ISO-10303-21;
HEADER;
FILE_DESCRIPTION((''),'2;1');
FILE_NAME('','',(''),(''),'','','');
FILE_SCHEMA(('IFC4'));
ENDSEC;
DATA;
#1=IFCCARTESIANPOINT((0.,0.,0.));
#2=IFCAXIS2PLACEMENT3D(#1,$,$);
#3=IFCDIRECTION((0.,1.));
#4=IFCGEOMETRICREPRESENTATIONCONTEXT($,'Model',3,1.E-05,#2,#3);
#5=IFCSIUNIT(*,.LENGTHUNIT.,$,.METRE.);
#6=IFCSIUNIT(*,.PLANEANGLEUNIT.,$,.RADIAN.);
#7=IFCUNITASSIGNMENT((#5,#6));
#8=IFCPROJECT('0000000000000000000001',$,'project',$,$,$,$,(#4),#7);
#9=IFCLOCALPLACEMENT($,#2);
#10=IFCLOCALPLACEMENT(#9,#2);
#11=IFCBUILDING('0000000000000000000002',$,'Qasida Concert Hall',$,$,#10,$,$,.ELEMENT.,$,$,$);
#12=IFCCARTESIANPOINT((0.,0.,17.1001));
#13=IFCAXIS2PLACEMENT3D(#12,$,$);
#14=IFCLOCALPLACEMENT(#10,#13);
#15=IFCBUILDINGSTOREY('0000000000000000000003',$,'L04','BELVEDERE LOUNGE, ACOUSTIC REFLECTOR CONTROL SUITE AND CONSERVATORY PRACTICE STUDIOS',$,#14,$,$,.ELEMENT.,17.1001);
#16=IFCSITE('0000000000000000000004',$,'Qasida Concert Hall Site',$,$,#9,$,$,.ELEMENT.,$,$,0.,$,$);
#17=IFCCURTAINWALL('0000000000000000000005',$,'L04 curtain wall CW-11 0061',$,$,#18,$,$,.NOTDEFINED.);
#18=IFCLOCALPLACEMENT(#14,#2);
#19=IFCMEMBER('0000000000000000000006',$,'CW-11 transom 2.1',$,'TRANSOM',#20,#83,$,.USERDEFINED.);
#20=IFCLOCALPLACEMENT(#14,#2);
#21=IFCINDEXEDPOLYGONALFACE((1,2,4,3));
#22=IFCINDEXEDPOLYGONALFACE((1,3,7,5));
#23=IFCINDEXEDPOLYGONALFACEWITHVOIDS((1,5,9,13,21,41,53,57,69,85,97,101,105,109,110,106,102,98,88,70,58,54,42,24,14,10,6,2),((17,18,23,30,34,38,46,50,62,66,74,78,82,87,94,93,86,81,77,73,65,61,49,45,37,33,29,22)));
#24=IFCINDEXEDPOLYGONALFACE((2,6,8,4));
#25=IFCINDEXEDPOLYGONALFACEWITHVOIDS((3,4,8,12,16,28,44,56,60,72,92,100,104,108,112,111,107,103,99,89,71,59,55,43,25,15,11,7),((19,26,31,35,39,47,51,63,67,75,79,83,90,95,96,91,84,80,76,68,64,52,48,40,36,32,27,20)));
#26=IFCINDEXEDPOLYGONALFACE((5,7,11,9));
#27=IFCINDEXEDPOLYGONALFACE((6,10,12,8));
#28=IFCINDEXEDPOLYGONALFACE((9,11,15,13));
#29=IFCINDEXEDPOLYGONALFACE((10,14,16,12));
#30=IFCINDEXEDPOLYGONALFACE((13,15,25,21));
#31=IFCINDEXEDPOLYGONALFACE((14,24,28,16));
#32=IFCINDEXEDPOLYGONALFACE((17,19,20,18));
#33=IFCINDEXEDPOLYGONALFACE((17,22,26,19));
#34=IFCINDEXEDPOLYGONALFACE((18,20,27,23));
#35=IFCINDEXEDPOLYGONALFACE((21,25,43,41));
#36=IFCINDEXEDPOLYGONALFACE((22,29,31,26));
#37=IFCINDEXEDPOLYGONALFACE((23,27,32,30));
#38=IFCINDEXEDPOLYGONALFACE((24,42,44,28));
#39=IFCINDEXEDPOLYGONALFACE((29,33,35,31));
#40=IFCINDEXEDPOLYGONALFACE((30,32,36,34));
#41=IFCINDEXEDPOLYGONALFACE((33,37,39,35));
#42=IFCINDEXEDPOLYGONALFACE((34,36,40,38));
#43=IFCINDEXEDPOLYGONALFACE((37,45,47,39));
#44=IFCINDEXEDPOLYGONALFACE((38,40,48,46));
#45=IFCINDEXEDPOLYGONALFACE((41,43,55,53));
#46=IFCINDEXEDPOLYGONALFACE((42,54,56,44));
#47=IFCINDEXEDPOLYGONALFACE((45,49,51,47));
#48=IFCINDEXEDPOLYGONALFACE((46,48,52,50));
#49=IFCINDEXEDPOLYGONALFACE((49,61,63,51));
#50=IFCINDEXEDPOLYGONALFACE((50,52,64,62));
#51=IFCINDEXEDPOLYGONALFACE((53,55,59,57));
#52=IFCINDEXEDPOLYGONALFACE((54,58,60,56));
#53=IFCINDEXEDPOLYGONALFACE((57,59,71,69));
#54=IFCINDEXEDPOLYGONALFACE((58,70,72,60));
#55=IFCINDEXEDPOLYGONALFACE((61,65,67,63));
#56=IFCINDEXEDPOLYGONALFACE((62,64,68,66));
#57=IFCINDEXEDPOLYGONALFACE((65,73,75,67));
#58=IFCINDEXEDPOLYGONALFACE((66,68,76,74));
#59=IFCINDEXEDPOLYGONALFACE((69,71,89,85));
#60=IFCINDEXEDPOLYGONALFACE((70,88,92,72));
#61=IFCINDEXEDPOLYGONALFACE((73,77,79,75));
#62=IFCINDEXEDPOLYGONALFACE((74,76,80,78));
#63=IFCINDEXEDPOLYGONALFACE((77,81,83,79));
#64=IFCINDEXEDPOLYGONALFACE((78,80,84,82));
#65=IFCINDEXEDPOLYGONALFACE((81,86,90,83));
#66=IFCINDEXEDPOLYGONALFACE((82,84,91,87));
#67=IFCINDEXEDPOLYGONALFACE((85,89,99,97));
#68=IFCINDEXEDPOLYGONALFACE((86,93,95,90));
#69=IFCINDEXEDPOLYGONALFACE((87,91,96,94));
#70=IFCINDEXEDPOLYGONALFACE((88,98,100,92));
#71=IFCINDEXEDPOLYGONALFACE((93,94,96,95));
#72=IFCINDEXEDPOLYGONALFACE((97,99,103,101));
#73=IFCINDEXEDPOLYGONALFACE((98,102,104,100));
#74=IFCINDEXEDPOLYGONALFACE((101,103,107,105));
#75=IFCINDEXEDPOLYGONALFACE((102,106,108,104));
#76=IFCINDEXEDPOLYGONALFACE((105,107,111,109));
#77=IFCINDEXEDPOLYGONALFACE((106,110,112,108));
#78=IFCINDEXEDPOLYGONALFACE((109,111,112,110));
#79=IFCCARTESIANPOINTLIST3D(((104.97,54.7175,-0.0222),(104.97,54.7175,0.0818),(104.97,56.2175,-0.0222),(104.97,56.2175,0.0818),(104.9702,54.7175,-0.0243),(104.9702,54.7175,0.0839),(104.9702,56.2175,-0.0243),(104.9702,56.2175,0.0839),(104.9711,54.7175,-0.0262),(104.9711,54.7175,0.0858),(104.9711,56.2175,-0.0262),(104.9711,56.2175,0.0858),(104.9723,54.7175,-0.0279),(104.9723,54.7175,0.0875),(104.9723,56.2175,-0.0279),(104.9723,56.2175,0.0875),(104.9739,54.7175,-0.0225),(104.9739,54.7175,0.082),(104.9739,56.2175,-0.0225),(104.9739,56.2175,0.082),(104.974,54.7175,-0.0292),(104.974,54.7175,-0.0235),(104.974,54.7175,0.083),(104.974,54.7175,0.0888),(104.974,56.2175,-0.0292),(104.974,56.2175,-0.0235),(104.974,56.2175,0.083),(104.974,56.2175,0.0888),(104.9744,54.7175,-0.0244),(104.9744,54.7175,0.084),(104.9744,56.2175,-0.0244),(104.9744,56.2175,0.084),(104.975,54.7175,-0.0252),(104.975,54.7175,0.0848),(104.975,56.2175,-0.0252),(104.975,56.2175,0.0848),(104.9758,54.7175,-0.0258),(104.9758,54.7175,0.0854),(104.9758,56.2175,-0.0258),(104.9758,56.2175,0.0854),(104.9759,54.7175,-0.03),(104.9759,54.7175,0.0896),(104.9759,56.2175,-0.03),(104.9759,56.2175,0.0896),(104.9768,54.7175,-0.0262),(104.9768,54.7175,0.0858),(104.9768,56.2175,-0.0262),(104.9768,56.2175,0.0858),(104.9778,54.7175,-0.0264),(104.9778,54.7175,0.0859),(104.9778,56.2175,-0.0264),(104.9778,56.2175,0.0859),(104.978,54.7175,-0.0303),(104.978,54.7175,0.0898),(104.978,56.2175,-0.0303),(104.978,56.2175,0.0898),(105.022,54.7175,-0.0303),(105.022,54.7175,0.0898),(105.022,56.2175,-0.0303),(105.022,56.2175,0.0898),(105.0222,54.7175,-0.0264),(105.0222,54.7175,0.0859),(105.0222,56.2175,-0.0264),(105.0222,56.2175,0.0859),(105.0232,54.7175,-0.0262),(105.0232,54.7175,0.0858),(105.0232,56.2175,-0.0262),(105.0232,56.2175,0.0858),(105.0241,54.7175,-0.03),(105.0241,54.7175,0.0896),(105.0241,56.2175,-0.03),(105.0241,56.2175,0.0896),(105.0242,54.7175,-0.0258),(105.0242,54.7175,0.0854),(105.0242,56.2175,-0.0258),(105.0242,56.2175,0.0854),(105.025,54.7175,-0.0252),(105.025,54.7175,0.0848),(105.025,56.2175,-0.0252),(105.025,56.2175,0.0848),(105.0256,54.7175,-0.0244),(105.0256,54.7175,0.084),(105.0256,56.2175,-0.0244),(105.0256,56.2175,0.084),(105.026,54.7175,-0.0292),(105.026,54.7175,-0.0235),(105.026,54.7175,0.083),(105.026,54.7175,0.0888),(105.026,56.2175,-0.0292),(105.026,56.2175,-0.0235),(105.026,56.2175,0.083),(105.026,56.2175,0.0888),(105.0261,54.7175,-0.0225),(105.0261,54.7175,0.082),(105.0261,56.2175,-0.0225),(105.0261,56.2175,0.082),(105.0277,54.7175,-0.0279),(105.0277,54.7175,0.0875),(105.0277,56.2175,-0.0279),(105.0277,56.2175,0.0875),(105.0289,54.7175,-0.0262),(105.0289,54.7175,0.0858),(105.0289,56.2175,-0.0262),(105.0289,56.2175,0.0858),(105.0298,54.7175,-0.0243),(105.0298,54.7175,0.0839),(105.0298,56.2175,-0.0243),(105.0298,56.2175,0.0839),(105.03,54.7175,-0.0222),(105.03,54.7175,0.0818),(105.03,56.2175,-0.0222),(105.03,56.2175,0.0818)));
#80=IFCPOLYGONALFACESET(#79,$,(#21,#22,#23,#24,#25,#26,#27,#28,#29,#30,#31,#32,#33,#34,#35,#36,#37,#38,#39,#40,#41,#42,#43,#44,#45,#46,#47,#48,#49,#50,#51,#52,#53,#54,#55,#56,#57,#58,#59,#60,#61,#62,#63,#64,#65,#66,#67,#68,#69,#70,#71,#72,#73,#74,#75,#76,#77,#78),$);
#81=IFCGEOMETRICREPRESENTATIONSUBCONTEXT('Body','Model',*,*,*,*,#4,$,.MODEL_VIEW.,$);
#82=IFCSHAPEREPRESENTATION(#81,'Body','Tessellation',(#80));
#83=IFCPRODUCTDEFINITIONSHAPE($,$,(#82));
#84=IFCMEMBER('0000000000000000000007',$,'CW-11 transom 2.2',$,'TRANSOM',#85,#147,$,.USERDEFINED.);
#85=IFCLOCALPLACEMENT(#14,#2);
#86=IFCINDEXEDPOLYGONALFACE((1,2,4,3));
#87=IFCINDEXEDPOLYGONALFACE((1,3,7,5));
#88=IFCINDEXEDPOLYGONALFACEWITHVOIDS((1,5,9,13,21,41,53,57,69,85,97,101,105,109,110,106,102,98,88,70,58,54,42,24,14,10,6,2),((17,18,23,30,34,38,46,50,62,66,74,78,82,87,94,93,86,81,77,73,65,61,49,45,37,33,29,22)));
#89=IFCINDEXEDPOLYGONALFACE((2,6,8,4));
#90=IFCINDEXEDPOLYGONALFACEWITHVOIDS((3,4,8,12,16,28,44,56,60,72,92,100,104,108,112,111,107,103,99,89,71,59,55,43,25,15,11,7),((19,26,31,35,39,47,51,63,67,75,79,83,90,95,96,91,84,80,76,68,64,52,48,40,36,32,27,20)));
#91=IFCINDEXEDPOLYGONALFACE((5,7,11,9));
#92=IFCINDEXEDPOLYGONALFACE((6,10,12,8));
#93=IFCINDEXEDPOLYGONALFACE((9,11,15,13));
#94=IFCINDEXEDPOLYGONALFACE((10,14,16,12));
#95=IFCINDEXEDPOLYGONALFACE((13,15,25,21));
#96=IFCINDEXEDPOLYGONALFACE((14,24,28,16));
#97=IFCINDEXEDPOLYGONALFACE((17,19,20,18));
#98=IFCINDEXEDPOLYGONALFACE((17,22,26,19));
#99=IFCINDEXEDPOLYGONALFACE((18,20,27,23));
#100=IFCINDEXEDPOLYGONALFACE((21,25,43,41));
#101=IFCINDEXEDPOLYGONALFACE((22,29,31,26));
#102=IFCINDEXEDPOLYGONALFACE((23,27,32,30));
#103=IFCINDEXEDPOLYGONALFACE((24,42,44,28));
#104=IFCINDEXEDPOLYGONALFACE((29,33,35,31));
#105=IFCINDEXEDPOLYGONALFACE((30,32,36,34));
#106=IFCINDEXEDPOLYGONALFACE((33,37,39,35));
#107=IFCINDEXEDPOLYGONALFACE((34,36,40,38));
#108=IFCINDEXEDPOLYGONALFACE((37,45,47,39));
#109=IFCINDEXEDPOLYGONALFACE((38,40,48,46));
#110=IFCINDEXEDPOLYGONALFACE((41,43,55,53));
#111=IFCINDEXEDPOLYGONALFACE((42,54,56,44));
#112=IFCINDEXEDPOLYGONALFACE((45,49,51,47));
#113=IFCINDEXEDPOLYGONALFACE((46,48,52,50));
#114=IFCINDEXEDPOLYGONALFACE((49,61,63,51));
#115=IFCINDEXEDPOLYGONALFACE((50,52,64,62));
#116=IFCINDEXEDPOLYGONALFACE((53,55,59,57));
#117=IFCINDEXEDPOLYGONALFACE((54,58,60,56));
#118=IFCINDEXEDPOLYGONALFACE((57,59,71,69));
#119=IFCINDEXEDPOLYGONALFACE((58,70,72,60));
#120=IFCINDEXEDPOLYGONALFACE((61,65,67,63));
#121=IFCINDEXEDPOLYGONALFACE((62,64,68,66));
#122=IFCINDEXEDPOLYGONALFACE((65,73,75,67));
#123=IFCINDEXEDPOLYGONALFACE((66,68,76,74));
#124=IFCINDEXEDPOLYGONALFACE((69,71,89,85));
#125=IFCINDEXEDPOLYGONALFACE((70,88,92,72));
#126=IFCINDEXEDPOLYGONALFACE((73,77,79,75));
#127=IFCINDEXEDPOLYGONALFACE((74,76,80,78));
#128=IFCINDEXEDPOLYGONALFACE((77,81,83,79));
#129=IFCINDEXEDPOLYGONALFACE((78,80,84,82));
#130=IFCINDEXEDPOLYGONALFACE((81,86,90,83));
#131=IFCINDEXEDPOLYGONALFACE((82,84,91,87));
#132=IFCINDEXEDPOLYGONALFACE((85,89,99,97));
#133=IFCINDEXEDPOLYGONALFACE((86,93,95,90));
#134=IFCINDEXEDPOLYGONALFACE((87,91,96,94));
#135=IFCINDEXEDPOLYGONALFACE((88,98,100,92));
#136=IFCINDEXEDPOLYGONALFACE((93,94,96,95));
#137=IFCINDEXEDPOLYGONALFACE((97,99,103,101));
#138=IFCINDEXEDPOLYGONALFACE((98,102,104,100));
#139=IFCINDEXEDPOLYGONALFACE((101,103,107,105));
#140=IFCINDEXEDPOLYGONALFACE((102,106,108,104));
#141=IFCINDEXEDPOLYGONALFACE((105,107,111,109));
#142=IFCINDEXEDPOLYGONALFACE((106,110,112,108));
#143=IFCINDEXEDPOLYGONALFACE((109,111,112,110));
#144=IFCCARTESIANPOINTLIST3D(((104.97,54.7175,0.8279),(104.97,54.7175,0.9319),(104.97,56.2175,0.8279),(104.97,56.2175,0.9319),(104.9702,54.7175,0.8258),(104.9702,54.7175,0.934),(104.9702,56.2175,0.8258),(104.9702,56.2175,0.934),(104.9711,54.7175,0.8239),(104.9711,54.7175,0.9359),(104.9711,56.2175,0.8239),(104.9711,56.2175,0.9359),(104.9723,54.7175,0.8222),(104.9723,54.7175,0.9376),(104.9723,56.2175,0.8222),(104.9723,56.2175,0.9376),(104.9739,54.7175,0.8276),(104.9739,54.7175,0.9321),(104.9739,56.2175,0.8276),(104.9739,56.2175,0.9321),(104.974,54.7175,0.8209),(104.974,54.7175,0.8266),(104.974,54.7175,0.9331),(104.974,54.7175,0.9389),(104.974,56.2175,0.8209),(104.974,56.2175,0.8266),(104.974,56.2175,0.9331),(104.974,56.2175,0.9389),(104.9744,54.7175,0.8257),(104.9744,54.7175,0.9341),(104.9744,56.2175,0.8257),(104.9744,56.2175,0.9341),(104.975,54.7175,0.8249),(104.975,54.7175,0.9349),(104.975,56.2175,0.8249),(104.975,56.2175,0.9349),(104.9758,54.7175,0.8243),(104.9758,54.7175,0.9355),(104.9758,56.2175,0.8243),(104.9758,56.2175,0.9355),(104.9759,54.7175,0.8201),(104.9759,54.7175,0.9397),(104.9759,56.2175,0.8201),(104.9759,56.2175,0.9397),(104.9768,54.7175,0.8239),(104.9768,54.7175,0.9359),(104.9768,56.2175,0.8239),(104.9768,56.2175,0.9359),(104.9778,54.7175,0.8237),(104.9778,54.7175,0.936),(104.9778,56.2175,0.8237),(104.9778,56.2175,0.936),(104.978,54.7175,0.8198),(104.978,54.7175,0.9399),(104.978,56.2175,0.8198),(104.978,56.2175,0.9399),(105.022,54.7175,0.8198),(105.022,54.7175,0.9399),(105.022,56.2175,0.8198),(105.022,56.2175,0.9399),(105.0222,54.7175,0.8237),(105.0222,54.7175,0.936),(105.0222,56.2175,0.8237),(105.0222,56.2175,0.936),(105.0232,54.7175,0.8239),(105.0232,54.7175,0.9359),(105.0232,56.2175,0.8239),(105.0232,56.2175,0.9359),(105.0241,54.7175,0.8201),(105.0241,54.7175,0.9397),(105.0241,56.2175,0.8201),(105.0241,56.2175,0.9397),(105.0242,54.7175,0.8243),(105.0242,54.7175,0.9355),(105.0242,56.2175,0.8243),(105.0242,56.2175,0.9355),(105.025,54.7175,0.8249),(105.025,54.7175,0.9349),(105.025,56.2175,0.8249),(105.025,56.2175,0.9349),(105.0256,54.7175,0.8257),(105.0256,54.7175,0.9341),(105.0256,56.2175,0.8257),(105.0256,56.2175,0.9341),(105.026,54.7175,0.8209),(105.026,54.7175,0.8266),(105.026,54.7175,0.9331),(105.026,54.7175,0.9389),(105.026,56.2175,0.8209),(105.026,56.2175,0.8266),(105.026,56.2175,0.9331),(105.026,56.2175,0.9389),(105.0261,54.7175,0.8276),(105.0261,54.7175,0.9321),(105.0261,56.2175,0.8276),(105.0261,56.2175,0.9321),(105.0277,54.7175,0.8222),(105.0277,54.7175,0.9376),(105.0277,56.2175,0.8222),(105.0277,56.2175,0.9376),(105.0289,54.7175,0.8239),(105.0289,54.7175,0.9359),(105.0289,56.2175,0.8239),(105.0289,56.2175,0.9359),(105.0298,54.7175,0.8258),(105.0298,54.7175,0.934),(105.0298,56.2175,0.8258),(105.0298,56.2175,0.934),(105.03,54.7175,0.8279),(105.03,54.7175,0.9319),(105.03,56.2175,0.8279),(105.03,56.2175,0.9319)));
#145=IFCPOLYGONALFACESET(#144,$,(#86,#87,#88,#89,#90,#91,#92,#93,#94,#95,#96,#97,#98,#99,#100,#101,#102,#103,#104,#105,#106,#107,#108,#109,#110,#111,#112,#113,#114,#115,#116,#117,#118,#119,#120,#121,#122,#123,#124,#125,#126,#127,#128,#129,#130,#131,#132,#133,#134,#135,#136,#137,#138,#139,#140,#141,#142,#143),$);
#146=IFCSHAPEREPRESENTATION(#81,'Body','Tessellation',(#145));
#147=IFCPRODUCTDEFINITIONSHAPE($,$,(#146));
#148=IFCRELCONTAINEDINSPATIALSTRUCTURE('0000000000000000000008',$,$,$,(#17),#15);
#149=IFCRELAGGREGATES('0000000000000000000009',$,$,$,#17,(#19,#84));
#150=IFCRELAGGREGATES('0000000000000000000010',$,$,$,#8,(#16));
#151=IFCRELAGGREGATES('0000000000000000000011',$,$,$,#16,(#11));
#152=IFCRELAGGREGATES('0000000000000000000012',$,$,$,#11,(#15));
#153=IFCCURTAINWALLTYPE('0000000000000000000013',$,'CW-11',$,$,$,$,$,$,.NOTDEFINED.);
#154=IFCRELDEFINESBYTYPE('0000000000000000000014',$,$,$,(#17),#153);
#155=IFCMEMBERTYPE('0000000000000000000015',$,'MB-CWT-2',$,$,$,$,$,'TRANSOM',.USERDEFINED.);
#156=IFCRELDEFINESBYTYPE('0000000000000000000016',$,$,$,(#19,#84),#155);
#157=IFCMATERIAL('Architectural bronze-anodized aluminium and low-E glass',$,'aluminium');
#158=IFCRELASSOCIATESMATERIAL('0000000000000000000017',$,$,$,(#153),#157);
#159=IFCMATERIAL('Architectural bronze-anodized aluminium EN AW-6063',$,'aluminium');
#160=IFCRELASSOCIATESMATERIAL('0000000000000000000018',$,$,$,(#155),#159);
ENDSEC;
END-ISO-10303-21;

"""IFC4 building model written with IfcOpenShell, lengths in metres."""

from ifc_helpers import new_model, si_unit, direction, frame, origin, origin_2d, place, context, subcontext, project, spatial, hollow_rectangle, extrude, material, material_profile, profile_set, type_object, element, aggregate, save


model = new_model("IFC4")

# Units and contexts
model_context = context("Model", 3, precision=1e-05, world=origin(), true_north=direction((0.0, 1.0)))
body_context = subcontext(model_context, "Body", "Model", "MODEL_VIEW")
ifc_project = project(units=[si_unit("LENGTHUNIT", "METRE"), si_unit("PLANEANGLEUNIT", "RADIAN")], contexts=[model_context])

# Site, building, storey
site_placement = place(None, origin())
site = spatial("IfcSite", under=ifc_project, at=site_placement, Name="Qasida Concert Hall Site", CompositionType="ELEMENT", RefElevation=0.0)
building_placement = place(site_placement, origin())
building = spatial("IfcBuilding", under=site, at=building_placement, Name="Qasida Concert Hall", CompositionType="ELEMENT")
storey_placement = place(building_placement, frame((0.0, 0.0, 17.1001)))
storey = spatial("IfcBuildingStorey", under=building, at=storey_placement, Name="L04", Description="BELVEDERE LOUNGE, ACOUSTIC REFLECTOR CONTROL SUITE AND CONSERVATORY PRACTICE STUDIOS", CompositionType="ELEMENT", Elevation=17.1001)

# Curtain wall, members
ifc_material_1 = material(Name="Architectural bronze-anodized aluminium and low-E glass", Category="aluminium")
curtain_wall_type = type_object("IfcCurtainWallType", Name="CW-11", PredefinedType="NOTDEFINED", material=ifc_material_1)
curtain_wall_placement = place(storey_placement, origin())
curtain_wall = element("IfcCurtainWall", 1, at=curtain_wall_placement, inside=storey, type_object=curtain_wall_type, Name="L04 curtain wall CW-11 0061", PredefinedType="NOTDEFINED")
ifc_material_2 = material(Name="Architectural bronze-anodized aluminium EN AW-6063", Category="aluminium")
ifc_material_profile_1 = material_profile(ifc_material_2, hollow_rectangle(XDim=0.0601, YDim=0.1201, WallThickness=0.0039, InnerFilletRadius=0.0039, OuterFilletRadius=0.0081, at=origin_2d()), Name="CWT 120x60x4")
ifc_profile_set_1 = profile_set([ifc_material_profile_1], Name="Architectural bronze-anodized aluminium EN AW-6063")
member_type_1 = type_object("IfcMemberType", Name="MB-CWT-2", ElementType="TRANSOM", PredefinedType="USERDEFINED", material=ifc_profile_set_1)
member_1_placement = place(storey_placement, frame((105.0, 54.7175, 0.0298), z_axis=(0.0, 1.0, 0.0), x_axis=(-1.0, 0.0, 0.0)))
member_1 = element("IfcMember", 2, at=member_1_placement, type_object=member_type_1, Name="CW-11 transom 2.1", ObjectType="TRANSOM", PredefinedType="USERDEFINED", context=body_context, shape_type="SweptSolid", body=[
    extrude(hollow_rectangle(XDim=0.0601, YDim=0.1201, WallThickness=0.0039, InnerFilletRadius=0.0039, OuterFilletRadius=0.0081, at=origin_2d()), origin(), (0.0, 0.0, 1.0), 1.5),
])
member_2_placement = place(storey_placement, frame((105.0, 54.7175, 0.8799), z_axis=(0.0, 1.0, 0.0), x_axis=(-1.0, 0.0, 0.0)))
member_2 = element("IfcMember", 3, at=member_2_placement, type_object=member_type_1, Name="CW-11 transom 2.2", ObjectType="TRANSOM", PredefinedType="USERDEFINED", context=body_context, shape_type="SweptSolid", body=[
    extrude(hollow_rectangle(XDim=0.0601, YDim=0.1201, WallThickness=0.0039, InnerFilletRadius=0.0039, OuterFilletRadius=0.0081, at=origin_2d()), origin(), (0.0, 0.0, 1.0), 1.5),
])
aggregate(curtain_wall, [member_1, member_2])

save(model, "model.ifc")
